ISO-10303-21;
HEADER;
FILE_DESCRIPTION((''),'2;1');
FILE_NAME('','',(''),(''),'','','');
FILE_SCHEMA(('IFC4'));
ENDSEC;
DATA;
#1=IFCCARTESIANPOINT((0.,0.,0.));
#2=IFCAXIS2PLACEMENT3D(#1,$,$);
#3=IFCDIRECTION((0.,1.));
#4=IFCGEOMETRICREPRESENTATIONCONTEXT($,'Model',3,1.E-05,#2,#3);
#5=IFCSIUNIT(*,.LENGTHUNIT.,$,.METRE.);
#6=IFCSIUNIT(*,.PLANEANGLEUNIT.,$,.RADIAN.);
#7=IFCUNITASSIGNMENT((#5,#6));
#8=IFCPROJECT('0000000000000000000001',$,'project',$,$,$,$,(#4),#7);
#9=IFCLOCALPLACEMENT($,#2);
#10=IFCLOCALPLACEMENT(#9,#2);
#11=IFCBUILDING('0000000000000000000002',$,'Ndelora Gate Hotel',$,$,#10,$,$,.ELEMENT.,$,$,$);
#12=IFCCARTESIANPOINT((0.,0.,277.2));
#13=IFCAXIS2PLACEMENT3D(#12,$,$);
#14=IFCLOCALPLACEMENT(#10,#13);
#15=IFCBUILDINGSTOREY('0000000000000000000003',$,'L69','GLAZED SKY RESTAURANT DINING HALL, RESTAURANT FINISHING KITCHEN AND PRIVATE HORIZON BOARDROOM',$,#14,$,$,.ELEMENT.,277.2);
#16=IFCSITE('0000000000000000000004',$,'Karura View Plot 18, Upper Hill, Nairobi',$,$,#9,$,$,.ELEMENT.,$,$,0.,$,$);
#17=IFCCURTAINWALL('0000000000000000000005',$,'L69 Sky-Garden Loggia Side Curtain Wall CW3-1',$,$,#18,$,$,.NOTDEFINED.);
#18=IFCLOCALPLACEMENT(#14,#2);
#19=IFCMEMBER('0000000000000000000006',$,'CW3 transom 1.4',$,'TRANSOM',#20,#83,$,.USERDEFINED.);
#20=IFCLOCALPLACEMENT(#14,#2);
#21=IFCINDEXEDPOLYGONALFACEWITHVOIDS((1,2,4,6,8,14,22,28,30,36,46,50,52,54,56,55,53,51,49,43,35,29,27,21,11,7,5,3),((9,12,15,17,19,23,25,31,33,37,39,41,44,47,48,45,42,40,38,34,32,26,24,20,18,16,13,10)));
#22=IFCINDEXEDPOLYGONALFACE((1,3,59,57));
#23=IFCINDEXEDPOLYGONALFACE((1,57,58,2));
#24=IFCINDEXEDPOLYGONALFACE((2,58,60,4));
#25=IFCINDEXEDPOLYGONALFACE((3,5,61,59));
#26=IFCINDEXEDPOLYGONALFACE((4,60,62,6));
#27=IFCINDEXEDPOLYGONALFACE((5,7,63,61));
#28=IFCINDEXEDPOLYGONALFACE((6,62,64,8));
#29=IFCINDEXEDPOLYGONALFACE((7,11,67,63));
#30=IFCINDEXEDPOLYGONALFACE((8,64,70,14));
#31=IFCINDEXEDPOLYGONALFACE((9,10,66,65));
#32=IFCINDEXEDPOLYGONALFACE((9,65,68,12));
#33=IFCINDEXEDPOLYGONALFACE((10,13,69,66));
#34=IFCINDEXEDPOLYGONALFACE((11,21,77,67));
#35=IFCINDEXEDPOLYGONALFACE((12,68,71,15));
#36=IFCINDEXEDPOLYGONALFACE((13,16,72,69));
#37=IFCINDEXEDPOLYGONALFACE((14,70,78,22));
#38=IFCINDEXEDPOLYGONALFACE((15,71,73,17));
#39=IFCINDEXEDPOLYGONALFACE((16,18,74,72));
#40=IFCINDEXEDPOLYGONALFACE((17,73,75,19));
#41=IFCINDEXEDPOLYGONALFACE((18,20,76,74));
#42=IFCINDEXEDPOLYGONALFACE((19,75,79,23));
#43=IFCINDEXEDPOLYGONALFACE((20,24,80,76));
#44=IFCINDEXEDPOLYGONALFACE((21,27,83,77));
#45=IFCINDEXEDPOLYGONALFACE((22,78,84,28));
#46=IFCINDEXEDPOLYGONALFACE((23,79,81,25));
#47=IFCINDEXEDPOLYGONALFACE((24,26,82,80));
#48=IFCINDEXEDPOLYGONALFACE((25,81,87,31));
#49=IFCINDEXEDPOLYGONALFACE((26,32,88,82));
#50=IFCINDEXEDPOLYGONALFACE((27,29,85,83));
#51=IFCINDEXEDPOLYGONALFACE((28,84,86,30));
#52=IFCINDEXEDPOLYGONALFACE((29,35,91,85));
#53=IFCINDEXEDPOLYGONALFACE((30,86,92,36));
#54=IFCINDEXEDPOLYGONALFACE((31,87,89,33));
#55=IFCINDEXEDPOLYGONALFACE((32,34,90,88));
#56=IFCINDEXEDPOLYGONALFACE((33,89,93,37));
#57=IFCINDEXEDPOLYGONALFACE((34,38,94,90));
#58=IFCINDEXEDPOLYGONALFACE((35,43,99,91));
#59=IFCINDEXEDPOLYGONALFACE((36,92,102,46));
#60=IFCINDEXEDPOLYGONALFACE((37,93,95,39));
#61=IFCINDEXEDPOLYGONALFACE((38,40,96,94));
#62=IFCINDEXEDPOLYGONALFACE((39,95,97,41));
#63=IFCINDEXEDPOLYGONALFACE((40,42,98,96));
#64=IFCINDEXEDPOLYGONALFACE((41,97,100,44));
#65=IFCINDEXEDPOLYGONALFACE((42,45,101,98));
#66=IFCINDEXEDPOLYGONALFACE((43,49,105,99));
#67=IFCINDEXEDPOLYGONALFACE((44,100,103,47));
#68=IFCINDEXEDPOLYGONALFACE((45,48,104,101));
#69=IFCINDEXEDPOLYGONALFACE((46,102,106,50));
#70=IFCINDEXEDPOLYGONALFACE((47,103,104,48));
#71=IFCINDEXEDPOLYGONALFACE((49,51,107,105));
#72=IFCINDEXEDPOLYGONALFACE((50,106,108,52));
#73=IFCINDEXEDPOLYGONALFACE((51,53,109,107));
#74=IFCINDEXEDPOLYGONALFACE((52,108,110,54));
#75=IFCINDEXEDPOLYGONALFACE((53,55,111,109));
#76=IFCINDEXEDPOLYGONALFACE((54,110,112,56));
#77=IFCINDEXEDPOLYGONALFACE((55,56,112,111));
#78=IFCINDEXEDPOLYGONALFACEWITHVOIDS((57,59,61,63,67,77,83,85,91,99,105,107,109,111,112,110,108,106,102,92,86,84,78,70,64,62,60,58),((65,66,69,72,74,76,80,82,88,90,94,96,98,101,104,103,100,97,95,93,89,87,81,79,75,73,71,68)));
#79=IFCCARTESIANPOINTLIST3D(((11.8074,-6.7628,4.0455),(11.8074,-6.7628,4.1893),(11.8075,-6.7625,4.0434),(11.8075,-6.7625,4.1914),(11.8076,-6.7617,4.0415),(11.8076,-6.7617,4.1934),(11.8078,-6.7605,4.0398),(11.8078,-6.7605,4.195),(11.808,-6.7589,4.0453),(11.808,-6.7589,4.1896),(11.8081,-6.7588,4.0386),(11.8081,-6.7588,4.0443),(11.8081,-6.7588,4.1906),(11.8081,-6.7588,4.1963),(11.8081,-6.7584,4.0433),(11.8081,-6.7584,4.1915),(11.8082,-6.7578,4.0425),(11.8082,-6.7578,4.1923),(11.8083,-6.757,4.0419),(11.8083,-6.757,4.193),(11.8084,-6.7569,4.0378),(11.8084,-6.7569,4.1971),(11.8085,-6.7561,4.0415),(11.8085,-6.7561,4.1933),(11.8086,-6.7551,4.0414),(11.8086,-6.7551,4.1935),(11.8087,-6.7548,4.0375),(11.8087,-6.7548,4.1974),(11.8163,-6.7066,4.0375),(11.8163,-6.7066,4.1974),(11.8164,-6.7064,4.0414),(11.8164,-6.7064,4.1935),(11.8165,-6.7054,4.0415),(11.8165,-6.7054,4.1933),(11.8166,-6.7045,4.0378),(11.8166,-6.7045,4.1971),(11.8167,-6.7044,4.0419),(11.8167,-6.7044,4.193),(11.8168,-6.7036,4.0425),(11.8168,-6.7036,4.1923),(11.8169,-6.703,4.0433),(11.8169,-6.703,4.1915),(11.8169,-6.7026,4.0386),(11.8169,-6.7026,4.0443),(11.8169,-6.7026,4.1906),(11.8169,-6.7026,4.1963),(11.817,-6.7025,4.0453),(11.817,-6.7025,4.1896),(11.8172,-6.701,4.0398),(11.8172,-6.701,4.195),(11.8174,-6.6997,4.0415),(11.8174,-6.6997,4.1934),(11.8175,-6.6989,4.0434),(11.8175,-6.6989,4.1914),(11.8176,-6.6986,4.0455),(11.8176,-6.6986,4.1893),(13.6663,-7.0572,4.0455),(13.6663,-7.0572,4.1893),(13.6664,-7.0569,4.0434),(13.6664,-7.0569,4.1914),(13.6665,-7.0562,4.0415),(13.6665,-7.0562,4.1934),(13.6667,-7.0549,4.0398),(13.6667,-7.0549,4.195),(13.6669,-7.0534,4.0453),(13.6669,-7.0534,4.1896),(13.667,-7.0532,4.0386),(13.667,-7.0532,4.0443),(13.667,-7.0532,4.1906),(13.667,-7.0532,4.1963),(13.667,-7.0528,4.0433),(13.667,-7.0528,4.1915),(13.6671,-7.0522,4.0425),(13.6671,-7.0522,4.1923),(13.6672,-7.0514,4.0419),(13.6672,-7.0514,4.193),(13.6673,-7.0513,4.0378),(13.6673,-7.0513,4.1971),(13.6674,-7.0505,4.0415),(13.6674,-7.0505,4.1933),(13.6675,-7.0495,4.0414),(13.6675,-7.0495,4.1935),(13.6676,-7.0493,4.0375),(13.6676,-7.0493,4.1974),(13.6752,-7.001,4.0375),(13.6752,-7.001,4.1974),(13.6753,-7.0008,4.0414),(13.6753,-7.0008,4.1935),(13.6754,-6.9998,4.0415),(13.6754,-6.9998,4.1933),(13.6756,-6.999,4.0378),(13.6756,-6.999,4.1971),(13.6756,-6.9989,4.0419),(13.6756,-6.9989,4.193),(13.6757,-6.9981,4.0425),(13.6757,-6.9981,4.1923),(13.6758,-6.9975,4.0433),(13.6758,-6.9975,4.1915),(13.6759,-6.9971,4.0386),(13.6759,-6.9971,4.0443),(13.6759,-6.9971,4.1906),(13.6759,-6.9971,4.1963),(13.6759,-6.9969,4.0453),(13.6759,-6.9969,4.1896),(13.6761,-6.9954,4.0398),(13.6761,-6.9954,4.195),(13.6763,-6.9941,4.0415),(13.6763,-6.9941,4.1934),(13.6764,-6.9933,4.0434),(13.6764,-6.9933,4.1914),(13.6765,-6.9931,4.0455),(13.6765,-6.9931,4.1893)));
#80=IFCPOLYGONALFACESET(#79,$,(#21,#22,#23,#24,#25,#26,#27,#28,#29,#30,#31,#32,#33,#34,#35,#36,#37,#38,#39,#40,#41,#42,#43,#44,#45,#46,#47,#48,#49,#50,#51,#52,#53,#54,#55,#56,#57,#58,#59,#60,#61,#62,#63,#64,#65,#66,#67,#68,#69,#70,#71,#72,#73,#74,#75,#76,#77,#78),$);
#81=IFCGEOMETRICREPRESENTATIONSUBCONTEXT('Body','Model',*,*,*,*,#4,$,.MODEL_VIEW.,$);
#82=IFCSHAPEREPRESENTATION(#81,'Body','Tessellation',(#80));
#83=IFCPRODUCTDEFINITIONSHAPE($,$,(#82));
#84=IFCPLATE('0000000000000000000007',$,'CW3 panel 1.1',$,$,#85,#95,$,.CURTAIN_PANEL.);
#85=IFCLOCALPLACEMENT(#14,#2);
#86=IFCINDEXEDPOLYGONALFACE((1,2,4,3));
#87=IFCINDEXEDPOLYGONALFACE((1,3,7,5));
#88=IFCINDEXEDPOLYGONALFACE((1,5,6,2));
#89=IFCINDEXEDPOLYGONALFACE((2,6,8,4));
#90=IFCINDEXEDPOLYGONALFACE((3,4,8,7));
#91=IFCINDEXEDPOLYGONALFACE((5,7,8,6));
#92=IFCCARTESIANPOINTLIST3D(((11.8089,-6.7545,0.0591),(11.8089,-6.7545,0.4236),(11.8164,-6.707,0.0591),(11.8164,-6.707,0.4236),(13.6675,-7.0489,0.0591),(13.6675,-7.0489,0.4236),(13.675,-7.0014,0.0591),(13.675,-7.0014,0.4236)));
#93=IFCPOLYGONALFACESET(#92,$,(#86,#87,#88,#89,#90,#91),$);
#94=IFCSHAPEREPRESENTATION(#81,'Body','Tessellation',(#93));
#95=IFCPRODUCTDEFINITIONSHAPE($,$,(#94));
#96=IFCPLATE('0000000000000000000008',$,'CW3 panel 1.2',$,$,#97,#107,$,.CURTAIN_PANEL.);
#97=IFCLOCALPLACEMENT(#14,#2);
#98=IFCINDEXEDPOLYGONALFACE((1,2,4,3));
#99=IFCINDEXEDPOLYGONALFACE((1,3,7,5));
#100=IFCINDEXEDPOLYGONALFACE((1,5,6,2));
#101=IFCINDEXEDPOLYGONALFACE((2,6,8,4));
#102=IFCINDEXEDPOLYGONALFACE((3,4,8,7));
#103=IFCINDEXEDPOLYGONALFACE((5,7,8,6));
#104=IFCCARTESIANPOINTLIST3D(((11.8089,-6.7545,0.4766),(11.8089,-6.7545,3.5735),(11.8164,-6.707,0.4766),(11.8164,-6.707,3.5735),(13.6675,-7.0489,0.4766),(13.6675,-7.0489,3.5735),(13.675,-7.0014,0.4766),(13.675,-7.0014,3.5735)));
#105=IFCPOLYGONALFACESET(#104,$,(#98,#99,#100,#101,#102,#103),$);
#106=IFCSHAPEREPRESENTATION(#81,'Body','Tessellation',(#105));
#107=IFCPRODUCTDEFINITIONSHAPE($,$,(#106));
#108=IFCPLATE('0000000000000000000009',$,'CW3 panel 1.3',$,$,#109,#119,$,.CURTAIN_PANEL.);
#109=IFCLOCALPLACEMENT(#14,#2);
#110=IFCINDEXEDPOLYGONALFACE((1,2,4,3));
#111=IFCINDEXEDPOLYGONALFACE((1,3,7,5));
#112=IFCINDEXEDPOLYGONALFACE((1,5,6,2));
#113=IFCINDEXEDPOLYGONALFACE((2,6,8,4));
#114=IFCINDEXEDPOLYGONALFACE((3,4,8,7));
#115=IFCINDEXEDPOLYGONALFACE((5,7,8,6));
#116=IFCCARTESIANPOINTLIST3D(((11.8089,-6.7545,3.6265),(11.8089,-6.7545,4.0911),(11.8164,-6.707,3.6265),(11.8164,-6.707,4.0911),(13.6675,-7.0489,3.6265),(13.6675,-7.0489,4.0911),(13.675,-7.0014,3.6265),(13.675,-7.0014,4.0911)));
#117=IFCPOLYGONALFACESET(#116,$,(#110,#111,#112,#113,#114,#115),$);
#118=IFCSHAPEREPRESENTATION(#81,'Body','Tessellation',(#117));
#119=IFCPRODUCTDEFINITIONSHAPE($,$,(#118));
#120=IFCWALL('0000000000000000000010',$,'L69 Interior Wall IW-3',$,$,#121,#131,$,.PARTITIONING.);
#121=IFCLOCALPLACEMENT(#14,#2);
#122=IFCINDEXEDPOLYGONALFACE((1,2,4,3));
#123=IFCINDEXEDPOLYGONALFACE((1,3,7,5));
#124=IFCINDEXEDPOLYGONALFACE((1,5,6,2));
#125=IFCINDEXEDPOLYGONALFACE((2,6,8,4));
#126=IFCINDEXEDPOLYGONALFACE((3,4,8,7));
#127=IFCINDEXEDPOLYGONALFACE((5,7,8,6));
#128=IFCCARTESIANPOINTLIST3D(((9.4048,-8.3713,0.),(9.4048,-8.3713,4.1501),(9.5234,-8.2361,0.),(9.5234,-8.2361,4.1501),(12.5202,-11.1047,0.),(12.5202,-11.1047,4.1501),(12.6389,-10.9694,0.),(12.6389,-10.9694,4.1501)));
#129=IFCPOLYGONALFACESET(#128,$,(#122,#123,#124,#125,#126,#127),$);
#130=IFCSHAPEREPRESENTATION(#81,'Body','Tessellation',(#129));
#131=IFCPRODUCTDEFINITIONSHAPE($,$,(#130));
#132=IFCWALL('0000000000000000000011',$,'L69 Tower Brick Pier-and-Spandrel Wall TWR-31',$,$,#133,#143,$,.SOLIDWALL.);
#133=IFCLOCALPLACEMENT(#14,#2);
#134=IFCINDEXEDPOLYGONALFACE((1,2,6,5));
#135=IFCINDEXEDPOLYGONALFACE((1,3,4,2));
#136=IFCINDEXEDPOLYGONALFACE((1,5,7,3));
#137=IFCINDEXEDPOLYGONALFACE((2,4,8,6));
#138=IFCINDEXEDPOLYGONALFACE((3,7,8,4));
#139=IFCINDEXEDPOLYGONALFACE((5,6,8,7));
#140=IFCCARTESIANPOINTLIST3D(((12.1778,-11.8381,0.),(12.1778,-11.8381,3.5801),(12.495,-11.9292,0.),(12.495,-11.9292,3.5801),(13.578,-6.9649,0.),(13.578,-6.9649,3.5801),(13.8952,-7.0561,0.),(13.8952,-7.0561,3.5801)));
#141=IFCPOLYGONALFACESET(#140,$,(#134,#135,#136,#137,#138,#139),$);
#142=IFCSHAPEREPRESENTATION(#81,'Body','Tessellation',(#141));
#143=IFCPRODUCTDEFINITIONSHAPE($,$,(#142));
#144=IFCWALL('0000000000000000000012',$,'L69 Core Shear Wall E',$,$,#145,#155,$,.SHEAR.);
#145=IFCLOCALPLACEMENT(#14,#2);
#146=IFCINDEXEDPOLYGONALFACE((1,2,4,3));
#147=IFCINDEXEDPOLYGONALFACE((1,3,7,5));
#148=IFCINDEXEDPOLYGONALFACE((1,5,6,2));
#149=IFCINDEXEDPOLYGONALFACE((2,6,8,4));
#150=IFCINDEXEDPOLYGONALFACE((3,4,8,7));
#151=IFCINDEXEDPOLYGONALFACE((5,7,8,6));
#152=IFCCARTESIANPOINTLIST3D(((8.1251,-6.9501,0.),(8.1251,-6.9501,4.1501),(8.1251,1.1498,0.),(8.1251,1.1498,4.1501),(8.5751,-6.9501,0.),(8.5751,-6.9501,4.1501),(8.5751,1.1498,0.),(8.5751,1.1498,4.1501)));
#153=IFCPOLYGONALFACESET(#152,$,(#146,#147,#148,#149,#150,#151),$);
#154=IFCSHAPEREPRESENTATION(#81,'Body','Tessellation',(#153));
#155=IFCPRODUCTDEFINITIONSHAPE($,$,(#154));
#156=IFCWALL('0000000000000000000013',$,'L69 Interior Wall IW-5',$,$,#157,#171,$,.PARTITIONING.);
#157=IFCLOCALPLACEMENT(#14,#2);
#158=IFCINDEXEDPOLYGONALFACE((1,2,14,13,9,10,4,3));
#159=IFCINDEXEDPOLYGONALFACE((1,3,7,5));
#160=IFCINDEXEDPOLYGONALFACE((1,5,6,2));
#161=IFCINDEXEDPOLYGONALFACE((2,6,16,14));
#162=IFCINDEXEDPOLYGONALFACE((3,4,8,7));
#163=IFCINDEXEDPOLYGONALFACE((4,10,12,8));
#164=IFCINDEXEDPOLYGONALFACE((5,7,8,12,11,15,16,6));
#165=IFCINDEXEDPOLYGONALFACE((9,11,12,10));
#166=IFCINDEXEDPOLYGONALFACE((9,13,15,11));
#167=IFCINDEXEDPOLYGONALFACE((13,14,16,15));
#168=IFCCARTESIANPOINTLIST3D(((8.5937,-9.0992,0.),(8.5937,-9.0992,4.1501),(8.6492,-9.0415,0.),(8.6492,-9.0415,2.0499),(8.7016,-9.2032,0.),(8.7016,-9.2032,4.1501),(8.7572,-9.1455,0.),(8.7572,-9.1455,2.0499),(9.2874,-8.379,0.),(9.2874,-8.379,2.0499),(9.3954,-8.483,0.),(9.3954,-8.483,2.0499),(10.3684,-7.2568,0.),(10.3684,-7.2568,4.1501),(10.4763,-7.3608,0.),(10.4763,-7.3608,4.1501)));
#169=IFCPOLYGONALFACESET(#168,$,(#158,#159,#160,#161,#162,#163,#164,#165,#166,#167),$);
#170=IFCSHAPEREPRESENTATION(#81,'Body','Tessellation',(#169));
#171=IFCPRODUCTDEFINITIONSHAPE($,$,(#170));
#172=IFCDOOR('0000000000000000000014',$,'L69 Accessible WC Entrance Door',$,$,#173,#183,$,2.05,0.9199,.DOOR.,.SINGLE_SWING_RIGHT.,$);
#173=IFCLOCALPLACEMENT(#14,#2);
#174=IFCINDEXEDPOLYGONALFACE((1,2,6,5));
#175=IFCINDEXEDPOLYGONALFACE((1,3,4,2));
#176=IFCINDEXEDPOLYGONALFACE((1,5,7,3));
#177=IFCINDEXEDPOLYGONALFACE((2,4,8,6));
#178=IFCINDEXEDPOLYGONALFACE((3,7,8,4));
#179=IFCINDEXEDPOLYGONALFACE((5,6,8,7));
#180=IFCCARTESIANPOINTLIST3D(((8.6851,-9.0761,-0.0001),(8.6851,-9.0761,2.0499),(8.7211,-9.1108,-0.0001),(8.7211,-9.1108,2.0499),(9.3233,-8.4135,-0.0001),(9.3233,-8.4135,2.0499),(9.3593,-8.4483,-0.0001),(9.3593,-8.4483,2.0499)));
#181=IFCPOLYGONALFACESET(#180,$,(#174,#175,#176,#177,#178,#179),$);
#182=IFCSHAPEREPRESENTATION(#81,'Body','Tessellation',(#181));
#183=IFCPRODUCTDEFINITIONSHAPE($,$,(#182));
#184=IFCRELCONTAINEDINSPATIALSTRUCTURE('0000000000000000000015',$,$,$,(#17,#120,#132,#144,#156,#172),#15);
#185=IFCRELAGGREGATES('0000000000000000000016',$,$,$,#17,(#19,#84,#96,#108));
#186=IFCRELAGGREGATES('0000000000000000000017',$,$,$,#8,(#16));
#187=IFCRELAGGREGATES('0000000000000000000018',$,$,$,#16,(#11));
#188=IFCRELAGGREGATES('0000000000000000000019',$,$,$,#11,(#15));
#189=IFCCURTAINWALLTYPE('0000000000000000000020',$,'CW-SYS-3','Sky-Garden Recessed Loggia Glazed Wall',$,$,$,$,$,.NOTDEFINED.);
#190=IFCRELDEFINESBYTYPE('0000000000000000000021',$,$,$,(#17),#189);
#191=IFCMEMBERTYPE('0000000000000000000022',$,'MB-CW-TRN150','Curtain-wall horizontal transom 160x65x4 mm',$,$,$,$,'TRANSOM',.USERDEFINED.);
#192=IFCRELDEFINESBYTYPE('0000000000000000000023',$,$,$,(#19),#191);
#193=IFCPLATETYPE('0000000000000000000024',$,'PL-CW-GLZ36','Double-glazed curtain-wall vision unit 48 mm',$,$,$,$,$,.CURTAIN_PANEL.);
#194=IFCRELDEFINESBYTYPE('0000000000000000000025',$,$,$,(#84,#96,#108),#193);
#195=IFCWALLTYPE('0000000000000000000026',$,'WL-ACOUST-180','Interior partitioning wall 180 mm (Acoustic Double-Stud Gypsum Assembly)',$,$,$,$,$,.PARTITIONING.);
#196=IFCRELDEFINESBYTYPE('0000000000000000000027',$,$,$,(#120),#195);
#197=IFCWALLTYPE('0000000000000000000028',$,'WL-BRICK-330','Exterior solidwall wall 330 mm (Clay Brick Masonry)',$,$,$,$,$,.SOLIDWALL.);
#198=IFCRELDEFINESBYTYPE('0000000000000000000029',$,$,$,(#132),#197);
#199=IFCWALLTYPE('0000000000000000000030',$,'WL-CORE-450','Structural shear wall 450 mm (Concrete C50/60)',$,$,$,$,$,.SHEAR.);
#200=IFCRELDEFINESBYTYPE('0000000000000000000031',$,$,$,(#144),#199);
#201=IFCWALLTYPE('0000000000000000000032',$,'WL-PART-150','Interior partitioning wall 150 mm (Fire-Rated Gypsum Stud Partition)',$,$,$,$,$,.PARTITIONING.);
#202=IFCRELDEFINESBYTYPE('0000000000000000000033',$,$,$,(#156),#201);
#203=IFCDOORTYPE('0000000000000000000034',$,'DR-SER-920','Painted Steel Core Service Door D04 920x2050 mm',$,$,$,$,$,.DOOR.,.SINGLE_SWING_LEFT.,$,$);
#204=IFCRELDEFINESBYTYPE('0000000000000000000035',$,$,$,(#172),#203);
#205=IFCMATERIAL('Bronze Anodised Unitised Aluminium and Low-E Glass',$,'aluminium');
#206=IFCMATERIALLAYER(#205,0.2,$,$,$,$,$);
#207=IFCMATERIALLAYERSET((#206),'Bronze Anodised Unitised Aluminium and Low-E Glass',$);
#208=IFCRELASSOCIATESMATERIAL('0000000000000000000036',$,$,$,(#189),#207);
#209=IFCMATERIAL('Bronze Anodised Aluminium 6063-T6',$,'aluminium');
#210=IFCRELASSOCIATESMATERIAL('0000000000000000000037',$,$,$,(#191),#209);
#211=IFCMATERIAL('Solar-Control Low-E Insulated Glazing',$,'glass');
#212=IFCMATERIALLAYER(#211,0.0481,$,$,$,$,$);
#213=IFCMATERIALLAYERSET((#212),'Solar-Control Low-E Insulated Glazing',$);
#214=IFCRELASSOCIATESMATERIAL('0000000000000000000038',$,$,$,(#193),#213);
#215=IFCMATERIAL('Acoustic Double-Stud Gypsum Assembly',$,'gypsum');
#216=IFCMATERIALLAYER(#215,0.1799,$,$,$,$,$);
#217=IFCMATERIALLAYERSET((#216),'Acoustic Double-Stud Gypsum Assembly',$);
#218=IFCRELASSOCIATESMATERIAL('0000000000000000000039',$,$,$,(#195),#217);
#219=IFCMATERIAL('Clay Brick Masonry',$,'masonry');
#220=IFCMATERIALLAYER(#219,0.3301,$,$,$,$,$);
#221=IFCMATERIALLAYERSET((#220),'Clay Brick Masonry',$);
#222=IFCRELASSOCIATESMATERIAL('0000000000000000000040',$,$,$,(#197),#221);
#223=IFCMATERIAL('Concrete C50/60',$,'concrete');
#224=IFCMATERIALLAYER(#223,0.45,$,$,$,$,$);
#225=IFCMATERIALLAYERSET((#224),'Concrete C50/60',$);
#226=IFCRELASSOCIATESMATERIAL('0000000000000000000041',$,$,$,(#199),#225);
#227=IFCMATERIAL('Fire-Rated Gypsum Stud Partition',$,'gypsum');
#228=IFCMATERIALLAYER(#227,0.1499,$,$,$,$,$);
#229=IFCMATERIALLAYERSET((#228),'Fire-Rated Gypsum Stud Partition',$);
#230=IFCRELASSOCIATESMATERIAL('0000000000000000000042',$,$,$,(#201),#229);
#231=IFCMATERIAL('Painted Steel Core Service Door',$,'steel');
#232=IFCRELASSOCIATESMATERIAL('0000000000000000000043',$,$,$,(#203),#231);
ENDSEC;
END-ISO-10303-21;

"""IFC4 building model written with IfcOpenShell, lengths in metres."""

from ifc_helpers import new_model, si_unit, direction, frame, frame_2d, origin, origin_2d, place, context, subcontext, project, spatial, rectangle, hollow_rectangle, extrude, material, layer, layer_set, material_profile, profile_set, type_object, element, fill, aggregate, save


model = new_model("IFC4")

# Units and contexts
model_context = context("Model", 3, precision=1e-05, world=origin(), true_north=direction((0.0, 1.0)))
body_context = subcontext(model_context, "Body", "Model", "MODEL_VIEW")
ifc_project = project(units=[si_unit("LENGTHUNIT", "METRE"), si_unit("PLANEANGLEUNIT", "RADIAN")], contexts=[model_context])

# Site, building, storey
site_placement = place(None, origin())
site = spatial("IfcSite", under=ifc_project, at=site_placement, Name="Karura View Plot 18, Upper Hill, Nairobi", CompositionType="ELEMENT", RefElevation=0.0)
building_placement = place(site_placement, origin())
building = spatial("IfcBuilding", under=site, at=building_placement, Name="Ndelora Gate Hotel", CompositionType="ELEMENT")
storey_placement = place(building_placement, frame((0.0, 0.0, 277.2)))
storey = spatial("IfcBuildingStorey", under=building, at=storey_placement, Name="L69", Description="GLAZED SKY RESTAURANT DINING HALL, RESTAURANT FINISHING KITCHEN AND PRIVATE HORIZON BOARDROOM", CompositionType="ELEMENT", Elevation=277.2)

# Shared definitions
ifc_material_1 = material(Name="Concrete C50/60", Category="concrete")

# Curtain wall, member, plates
ifc_material_2 = material(Name="Bronze Anodised Unitised Aluminium and Low-E Glass", Category="aluminium")
ifc_layer_1 = layer(ifc_material_2, 0.2)
ifc_layer_set_1 = layer_set([ifc_layer_1], Name="Bronze Anodised Unitised Aluminium and Low-E Glass")
curtain_wall_type = type_object("IfcCurtainWallType", Name="CW-SYS-3", Description="Sky-Garden Recessed Loggia Glazed Wall", PredefinedType="NOTDEFINED", material=ifc_layer_set_1)
curtain_wall_placement = place(storey_placement, origin())
curtain_wall = element("IfcCurtainWall", 1, at=curtain_wall_placement, inside=storey, type_object=curtain_wall_type, Name="L69 Sky-Garden Loggia Side Curtain Wall CW3-1", PredefinedType="NOTDEFINED")
ifc_material_3 = material(Name="Bronze Anodised Aluminium 6063-T6", Category="aluminium")
ifc_material_profile_1 = material_profile(ifc_material_3, hollow_rectangle(XDim=0.0649, YDim=0.1599, WallThickness=0.0039, InnerFilletRadius=0.0039, OuterFilletRadius=0.0081, at=origin_2d()), Name="ALU 160x65x4")
ifc_profile_set_1 = profile_set([ifc_material_profile_1], Name="Bronze Anodised Aluminium 6063-T6")
member_type_1 = type_object("IfcMemberType", Name="MB-CW-TRN150", Description="Curtain-wall horizontal transom 160x65x4 mm", ElementType="TRANSOM", PredefinedType="USERDEFINED", material=ifc_profile_set_1)
member_1_placement = place(storey_placement, frame((11.8125, -6.7307, 4.1174), z_axis=(0.987687, -0.156442, 0.0), x_axis=(0.156442, 0.987687, 0.0)))
member_1 = element("IfcMember", 2, at=member_1_placement, type_object=member_type_1, Name="CW3 transom 1.4", ObjectType="TRANSOM", PredefinedType="USERDEFINED", context=body_context, shape_type="SweptSolid", body=[
    extrude(hollow_rectangle(XDim=0.0649, YDim=0.1599, WallThickness=0.0039, InnerFilletRadius=0.0039, OuterFilletRadius=0.0081, at=origin_2d()), origin(), (0.0, 0.0, 1.0), 1.8821),
])
ifc_material_4 = material(Name="Solar-Control Low-E Insulated Glazing", Category="glass")
ifc_layer_2 = layer(ifc_material_4, 0.0481)
ifc_layer_set_2 = layer_set([ifc_layer_2], Name="Solar-Control Low-E Insulated Glazing")
plate_type = type_object("IfcPlateType", Name="PL-CW-GLZ36", Description="Double-glazed curtain-wall vision unit 48 mm", PredefinedType="CURTAIN_PANEL", material=ifc_layer_set_2)
plate_1_placement = place(storey_placement, frame((12.7419, -6.8779, 0.0591), z_axis=(0.0, 0.0, 1.0), x_axis=(0.987685, -0.156456, 0.0)))
plate_1 = element("IfcPlate", 3, at=plate_1_placement, type_object=plate_type, Name="CW3 panel 1.1", PredefinedType="CURTAIN_PANEL", context=body_context, shape_type="SweptSolid", body=[
    extrude(rectangle(XDim=1.8818, YDim=0.0481, at=origin_2d()), origin(), (0.0, 0.0, 1.0), 0.3645),
])
plate_2_placement = place(storey_placement, frame((12.7419, -6.8779, 0.4766), z_axis=(0.0, 0.0, 1.0), x_axis=(0.987685, -0.156456, 0.0)))
plate_2 = element("IfcPlate", 4, at=plate_2_placement, type_object=plate_type, Name="CW3 panel 1.2", PredefinedType="CURTAIN_PANEL", context=body_context, shape_type="SweptSolid", body=[
    extrude(rectangle(XDim=1.8818, YDim=0.0481, at=origin_2d()), origin(), (0.0, 0.0, 1.0), 3.0969),
])
plate_3_placement = place(storey_placement, frame((12.7419, -6.8779, 3.6265), z_axis=(0.0, 0.0, 1.0), x_axis=(0.987685, -0.156456, 0.0)))
plate_3 = element("IfcPlate", 5, at=plate_3_placement, type_object=plate_type, Name="CW3 panel 1.3", PredefinedType="CURTAIN_PANEL", context=body_context, shape_type="SweptSolid", body=[
    extrude(rectangle(XDim=1.8818, YDim=0.0481, at=origin_2d()), origin(), (0.0, 0.0, 1.0), 0.4646),
])
aggregate(curtain_wall, [member_1, plate_1, plate_2, plate_3])

# Walls
ifc_material_5 = material(Name="Acoustic Double-Stud Gypsum Assembly", Category="gypsum")
ifc_layer_3 = layer(ifc_material_5, 0.1799)
ifc_layer_set_3 = layer_set([ifc_layer_3], Name="Acoustic Double-Stud Gypsum Assembly")
wall_type_1 = type_object("IfcWallType", Name="WL-ACOUST-180", Description="Interior partitioning wall 180 mm (Acoustic Double-Stud Gypsum Assembly)", PredefinedType="PARTITIONING", material=ifc_layer_set_3)
wall_1_placement = place(storey_placement, frame((9.4641, -8.3037, 0.0), z_axis=(0.0, 0.0, 1.0), x_axis=(0.751697, -0.659509, 0.0)))
element("IfcWall", 6, at=wall_1_placement, inside=storey, type_object=wall_type_1, Name="L69 Interior Wall IW-3", PredefinedType="PARTITIONING", context=body_context, shape_type="SweptSolid", body=[
    extrude(rectangle(XDim=4.1445, YDim=0.1799, at=frame_2d((2.0723, 0.0))), origin(), (0.0, 0.0, 1.0), 4.1501),
])
ifc_material_6 = material(Name="Clay Brick Masonry", Category="masonry")
ifc_layer_4 = layer(ifc_material_6, 0.3301)
ifc_layer_set_4 = layer_set([ifc_layer_4], Name="Clay Brick Masonry")
wall_type_2 = type_object("IfcWallType", Name="WL-BRICK-330", Description="Exterior solidwall wall 330 mm (Clay Brick Masonry)", PredefinedType="SOLIDWALL", material=ifc_layer_set_4)
wall_2_placement = place(storey_placement, frame((13.7366, -7.0105, 0.0), z_axis=(0.0, 0.0, 1.0), x_axis=(-0.276152, -0.961114, 0.0)))
element("IfcWall", 7, at=wall_2_placement, inside=storey, type_object=wall_type_2, Name="L69 Tower Brick Pier-and-Spandrel Wall TWR-31", PredefinedType="SOLIDWALL", context=body_context, shape_type="SweptSolid", body=[
    extrude(rectangle(XDim=5.0703, YDim=0.3301, at=frame_2d((2.5352, 0.0))), origin(), (0.0, 0.0, 1.0), 3.5801),
])
ifc_layer_5 = layer(ifc_material_1, 0.45)
ifc_layer_set_5 = layer_set([ifc_layer_5], Name="Concrete C50/60")
wall_type_3 = type_object("IfcWallType", Name="WL-CORE-450", Description="Structural shear wall 450 mm (Concrete C50/60)", PredefinedType="SHEAR", material=ifc_layer_set_5)
wall_3_placement = place(storey_placement, frame((8.3501, -6.95, 0.0), z_axis=(0.0, 0.0, 1.0), x_axis=(0.0, 1.0, 0.0)))
element("IfcWall", 8, at=wall_3_placement, inside=storey, type_object=wall_type_3, Name="L69 Core Shear Wall E", PredefinedType="SHEAR", context=body_context, shape_type="SweptSolid", body=[
    extrude(rectangle(XDim=8.0999, YDim=0.45, at=frame_2d((4.0498, 0.0))), origin(), (0.0, 0.0, 1.0), 4.1501),
])

# Wall, opening, door
ifc_material_7 = material(Name="Fire-Rated Gypsum Stud Partition", Category="gypsum")
ifc_layer_6 = layer(ifc_material_7, 0.1499)
ifc_layer_set_6 = layer_set([ifc_layer_6], Name="Fire-Rated Gypsum Stud Partition")
wall_type_4 = type_object("IfcWallType", Name="WL-PART-150", Description="Interior partitioning wall 150 mm (Fire-Rated Gypsum Stud Partition)", PredefinedType="PARTITIONING", material=ifc_layer_set_6)
wall_4_placement = place(storey_placement, frame((10.4224, -7.3088, 0.0), z_axis=(0.0, 0.0, 1.0), x_axis=(-0.693765, -0.720202, 0.0)))
wall_4 = element("IfcWall", 9, at=wall_4_placement, inside=storey, type_object=wall_type_4, Name="L69 Interior Wall IW-5", PredefinedType="PARTITIONING", context=body_context, shape_type="SweptSolid", body=[
    extrude(rectangle(XDim=2.5581, YDim=0.1499, at=frame_2d((1.2791, 0.0))), origin(), (0.0, 0.0, 1.0), 4.1501),
])
opening_placement = place(wall_4_placement, frame((1.5581, 0.0, 0.0)))
opening = element("IfcOpeningElement", 10, at=opening_placement, cuts=wall_4, PredefinedType="OPENING", context=body_context, shape_type="SweptSolid", body=[
    extrude(rectangle(XDim=0.9199, YDim=2.05, at=frame_2d((0.46, 1.0249))), frame((0.0, 0.085, 0.0), z_axis=(0.0, -1.0, 0.0), x_axis=(1.0, 0.0, 0.0)), (0.0, 0.0, 1.0), 0.1699),
])
ifc_material_8 = material(Name="Painted Steel Core Service Door", Category="steel")
door_type = type_object("IfcDoorType", Name="DR-SER-920", Description="Painted Steel Core Service Door D04 920x2050 mm", OperationType="SINGLE_SWING_LEFT", PredefinedType="DOOR", material=ifc_material_8)
door_placement = place(opening_placement, origin())
door = element("IfcDoor", 11, at=door_placement, inside=storey, type_object=door_type, Name="L69 Accessible WC Entrance Door", OperationType="SINGLE_SWING_RIGHT", OverallHeight=2.05, OverallWidth=0.9199, PredefinedType="DOOR", context=body_context, shape_type="SweptSolid", body=[
    extrude(rectangle(XDim=0.9199, YDim=2.05, at=frame_2d((0.46, 1.0249))), frame((0.0, 0.0249, 0.0), z_axis=(0.0, -1.0, 0.0), x_axis=(1.0, 0.0, 0.0)), (0.0, 0.0, 1.0), 0.05),
])
fill(opening, door)

save(model, "model.ifc")
